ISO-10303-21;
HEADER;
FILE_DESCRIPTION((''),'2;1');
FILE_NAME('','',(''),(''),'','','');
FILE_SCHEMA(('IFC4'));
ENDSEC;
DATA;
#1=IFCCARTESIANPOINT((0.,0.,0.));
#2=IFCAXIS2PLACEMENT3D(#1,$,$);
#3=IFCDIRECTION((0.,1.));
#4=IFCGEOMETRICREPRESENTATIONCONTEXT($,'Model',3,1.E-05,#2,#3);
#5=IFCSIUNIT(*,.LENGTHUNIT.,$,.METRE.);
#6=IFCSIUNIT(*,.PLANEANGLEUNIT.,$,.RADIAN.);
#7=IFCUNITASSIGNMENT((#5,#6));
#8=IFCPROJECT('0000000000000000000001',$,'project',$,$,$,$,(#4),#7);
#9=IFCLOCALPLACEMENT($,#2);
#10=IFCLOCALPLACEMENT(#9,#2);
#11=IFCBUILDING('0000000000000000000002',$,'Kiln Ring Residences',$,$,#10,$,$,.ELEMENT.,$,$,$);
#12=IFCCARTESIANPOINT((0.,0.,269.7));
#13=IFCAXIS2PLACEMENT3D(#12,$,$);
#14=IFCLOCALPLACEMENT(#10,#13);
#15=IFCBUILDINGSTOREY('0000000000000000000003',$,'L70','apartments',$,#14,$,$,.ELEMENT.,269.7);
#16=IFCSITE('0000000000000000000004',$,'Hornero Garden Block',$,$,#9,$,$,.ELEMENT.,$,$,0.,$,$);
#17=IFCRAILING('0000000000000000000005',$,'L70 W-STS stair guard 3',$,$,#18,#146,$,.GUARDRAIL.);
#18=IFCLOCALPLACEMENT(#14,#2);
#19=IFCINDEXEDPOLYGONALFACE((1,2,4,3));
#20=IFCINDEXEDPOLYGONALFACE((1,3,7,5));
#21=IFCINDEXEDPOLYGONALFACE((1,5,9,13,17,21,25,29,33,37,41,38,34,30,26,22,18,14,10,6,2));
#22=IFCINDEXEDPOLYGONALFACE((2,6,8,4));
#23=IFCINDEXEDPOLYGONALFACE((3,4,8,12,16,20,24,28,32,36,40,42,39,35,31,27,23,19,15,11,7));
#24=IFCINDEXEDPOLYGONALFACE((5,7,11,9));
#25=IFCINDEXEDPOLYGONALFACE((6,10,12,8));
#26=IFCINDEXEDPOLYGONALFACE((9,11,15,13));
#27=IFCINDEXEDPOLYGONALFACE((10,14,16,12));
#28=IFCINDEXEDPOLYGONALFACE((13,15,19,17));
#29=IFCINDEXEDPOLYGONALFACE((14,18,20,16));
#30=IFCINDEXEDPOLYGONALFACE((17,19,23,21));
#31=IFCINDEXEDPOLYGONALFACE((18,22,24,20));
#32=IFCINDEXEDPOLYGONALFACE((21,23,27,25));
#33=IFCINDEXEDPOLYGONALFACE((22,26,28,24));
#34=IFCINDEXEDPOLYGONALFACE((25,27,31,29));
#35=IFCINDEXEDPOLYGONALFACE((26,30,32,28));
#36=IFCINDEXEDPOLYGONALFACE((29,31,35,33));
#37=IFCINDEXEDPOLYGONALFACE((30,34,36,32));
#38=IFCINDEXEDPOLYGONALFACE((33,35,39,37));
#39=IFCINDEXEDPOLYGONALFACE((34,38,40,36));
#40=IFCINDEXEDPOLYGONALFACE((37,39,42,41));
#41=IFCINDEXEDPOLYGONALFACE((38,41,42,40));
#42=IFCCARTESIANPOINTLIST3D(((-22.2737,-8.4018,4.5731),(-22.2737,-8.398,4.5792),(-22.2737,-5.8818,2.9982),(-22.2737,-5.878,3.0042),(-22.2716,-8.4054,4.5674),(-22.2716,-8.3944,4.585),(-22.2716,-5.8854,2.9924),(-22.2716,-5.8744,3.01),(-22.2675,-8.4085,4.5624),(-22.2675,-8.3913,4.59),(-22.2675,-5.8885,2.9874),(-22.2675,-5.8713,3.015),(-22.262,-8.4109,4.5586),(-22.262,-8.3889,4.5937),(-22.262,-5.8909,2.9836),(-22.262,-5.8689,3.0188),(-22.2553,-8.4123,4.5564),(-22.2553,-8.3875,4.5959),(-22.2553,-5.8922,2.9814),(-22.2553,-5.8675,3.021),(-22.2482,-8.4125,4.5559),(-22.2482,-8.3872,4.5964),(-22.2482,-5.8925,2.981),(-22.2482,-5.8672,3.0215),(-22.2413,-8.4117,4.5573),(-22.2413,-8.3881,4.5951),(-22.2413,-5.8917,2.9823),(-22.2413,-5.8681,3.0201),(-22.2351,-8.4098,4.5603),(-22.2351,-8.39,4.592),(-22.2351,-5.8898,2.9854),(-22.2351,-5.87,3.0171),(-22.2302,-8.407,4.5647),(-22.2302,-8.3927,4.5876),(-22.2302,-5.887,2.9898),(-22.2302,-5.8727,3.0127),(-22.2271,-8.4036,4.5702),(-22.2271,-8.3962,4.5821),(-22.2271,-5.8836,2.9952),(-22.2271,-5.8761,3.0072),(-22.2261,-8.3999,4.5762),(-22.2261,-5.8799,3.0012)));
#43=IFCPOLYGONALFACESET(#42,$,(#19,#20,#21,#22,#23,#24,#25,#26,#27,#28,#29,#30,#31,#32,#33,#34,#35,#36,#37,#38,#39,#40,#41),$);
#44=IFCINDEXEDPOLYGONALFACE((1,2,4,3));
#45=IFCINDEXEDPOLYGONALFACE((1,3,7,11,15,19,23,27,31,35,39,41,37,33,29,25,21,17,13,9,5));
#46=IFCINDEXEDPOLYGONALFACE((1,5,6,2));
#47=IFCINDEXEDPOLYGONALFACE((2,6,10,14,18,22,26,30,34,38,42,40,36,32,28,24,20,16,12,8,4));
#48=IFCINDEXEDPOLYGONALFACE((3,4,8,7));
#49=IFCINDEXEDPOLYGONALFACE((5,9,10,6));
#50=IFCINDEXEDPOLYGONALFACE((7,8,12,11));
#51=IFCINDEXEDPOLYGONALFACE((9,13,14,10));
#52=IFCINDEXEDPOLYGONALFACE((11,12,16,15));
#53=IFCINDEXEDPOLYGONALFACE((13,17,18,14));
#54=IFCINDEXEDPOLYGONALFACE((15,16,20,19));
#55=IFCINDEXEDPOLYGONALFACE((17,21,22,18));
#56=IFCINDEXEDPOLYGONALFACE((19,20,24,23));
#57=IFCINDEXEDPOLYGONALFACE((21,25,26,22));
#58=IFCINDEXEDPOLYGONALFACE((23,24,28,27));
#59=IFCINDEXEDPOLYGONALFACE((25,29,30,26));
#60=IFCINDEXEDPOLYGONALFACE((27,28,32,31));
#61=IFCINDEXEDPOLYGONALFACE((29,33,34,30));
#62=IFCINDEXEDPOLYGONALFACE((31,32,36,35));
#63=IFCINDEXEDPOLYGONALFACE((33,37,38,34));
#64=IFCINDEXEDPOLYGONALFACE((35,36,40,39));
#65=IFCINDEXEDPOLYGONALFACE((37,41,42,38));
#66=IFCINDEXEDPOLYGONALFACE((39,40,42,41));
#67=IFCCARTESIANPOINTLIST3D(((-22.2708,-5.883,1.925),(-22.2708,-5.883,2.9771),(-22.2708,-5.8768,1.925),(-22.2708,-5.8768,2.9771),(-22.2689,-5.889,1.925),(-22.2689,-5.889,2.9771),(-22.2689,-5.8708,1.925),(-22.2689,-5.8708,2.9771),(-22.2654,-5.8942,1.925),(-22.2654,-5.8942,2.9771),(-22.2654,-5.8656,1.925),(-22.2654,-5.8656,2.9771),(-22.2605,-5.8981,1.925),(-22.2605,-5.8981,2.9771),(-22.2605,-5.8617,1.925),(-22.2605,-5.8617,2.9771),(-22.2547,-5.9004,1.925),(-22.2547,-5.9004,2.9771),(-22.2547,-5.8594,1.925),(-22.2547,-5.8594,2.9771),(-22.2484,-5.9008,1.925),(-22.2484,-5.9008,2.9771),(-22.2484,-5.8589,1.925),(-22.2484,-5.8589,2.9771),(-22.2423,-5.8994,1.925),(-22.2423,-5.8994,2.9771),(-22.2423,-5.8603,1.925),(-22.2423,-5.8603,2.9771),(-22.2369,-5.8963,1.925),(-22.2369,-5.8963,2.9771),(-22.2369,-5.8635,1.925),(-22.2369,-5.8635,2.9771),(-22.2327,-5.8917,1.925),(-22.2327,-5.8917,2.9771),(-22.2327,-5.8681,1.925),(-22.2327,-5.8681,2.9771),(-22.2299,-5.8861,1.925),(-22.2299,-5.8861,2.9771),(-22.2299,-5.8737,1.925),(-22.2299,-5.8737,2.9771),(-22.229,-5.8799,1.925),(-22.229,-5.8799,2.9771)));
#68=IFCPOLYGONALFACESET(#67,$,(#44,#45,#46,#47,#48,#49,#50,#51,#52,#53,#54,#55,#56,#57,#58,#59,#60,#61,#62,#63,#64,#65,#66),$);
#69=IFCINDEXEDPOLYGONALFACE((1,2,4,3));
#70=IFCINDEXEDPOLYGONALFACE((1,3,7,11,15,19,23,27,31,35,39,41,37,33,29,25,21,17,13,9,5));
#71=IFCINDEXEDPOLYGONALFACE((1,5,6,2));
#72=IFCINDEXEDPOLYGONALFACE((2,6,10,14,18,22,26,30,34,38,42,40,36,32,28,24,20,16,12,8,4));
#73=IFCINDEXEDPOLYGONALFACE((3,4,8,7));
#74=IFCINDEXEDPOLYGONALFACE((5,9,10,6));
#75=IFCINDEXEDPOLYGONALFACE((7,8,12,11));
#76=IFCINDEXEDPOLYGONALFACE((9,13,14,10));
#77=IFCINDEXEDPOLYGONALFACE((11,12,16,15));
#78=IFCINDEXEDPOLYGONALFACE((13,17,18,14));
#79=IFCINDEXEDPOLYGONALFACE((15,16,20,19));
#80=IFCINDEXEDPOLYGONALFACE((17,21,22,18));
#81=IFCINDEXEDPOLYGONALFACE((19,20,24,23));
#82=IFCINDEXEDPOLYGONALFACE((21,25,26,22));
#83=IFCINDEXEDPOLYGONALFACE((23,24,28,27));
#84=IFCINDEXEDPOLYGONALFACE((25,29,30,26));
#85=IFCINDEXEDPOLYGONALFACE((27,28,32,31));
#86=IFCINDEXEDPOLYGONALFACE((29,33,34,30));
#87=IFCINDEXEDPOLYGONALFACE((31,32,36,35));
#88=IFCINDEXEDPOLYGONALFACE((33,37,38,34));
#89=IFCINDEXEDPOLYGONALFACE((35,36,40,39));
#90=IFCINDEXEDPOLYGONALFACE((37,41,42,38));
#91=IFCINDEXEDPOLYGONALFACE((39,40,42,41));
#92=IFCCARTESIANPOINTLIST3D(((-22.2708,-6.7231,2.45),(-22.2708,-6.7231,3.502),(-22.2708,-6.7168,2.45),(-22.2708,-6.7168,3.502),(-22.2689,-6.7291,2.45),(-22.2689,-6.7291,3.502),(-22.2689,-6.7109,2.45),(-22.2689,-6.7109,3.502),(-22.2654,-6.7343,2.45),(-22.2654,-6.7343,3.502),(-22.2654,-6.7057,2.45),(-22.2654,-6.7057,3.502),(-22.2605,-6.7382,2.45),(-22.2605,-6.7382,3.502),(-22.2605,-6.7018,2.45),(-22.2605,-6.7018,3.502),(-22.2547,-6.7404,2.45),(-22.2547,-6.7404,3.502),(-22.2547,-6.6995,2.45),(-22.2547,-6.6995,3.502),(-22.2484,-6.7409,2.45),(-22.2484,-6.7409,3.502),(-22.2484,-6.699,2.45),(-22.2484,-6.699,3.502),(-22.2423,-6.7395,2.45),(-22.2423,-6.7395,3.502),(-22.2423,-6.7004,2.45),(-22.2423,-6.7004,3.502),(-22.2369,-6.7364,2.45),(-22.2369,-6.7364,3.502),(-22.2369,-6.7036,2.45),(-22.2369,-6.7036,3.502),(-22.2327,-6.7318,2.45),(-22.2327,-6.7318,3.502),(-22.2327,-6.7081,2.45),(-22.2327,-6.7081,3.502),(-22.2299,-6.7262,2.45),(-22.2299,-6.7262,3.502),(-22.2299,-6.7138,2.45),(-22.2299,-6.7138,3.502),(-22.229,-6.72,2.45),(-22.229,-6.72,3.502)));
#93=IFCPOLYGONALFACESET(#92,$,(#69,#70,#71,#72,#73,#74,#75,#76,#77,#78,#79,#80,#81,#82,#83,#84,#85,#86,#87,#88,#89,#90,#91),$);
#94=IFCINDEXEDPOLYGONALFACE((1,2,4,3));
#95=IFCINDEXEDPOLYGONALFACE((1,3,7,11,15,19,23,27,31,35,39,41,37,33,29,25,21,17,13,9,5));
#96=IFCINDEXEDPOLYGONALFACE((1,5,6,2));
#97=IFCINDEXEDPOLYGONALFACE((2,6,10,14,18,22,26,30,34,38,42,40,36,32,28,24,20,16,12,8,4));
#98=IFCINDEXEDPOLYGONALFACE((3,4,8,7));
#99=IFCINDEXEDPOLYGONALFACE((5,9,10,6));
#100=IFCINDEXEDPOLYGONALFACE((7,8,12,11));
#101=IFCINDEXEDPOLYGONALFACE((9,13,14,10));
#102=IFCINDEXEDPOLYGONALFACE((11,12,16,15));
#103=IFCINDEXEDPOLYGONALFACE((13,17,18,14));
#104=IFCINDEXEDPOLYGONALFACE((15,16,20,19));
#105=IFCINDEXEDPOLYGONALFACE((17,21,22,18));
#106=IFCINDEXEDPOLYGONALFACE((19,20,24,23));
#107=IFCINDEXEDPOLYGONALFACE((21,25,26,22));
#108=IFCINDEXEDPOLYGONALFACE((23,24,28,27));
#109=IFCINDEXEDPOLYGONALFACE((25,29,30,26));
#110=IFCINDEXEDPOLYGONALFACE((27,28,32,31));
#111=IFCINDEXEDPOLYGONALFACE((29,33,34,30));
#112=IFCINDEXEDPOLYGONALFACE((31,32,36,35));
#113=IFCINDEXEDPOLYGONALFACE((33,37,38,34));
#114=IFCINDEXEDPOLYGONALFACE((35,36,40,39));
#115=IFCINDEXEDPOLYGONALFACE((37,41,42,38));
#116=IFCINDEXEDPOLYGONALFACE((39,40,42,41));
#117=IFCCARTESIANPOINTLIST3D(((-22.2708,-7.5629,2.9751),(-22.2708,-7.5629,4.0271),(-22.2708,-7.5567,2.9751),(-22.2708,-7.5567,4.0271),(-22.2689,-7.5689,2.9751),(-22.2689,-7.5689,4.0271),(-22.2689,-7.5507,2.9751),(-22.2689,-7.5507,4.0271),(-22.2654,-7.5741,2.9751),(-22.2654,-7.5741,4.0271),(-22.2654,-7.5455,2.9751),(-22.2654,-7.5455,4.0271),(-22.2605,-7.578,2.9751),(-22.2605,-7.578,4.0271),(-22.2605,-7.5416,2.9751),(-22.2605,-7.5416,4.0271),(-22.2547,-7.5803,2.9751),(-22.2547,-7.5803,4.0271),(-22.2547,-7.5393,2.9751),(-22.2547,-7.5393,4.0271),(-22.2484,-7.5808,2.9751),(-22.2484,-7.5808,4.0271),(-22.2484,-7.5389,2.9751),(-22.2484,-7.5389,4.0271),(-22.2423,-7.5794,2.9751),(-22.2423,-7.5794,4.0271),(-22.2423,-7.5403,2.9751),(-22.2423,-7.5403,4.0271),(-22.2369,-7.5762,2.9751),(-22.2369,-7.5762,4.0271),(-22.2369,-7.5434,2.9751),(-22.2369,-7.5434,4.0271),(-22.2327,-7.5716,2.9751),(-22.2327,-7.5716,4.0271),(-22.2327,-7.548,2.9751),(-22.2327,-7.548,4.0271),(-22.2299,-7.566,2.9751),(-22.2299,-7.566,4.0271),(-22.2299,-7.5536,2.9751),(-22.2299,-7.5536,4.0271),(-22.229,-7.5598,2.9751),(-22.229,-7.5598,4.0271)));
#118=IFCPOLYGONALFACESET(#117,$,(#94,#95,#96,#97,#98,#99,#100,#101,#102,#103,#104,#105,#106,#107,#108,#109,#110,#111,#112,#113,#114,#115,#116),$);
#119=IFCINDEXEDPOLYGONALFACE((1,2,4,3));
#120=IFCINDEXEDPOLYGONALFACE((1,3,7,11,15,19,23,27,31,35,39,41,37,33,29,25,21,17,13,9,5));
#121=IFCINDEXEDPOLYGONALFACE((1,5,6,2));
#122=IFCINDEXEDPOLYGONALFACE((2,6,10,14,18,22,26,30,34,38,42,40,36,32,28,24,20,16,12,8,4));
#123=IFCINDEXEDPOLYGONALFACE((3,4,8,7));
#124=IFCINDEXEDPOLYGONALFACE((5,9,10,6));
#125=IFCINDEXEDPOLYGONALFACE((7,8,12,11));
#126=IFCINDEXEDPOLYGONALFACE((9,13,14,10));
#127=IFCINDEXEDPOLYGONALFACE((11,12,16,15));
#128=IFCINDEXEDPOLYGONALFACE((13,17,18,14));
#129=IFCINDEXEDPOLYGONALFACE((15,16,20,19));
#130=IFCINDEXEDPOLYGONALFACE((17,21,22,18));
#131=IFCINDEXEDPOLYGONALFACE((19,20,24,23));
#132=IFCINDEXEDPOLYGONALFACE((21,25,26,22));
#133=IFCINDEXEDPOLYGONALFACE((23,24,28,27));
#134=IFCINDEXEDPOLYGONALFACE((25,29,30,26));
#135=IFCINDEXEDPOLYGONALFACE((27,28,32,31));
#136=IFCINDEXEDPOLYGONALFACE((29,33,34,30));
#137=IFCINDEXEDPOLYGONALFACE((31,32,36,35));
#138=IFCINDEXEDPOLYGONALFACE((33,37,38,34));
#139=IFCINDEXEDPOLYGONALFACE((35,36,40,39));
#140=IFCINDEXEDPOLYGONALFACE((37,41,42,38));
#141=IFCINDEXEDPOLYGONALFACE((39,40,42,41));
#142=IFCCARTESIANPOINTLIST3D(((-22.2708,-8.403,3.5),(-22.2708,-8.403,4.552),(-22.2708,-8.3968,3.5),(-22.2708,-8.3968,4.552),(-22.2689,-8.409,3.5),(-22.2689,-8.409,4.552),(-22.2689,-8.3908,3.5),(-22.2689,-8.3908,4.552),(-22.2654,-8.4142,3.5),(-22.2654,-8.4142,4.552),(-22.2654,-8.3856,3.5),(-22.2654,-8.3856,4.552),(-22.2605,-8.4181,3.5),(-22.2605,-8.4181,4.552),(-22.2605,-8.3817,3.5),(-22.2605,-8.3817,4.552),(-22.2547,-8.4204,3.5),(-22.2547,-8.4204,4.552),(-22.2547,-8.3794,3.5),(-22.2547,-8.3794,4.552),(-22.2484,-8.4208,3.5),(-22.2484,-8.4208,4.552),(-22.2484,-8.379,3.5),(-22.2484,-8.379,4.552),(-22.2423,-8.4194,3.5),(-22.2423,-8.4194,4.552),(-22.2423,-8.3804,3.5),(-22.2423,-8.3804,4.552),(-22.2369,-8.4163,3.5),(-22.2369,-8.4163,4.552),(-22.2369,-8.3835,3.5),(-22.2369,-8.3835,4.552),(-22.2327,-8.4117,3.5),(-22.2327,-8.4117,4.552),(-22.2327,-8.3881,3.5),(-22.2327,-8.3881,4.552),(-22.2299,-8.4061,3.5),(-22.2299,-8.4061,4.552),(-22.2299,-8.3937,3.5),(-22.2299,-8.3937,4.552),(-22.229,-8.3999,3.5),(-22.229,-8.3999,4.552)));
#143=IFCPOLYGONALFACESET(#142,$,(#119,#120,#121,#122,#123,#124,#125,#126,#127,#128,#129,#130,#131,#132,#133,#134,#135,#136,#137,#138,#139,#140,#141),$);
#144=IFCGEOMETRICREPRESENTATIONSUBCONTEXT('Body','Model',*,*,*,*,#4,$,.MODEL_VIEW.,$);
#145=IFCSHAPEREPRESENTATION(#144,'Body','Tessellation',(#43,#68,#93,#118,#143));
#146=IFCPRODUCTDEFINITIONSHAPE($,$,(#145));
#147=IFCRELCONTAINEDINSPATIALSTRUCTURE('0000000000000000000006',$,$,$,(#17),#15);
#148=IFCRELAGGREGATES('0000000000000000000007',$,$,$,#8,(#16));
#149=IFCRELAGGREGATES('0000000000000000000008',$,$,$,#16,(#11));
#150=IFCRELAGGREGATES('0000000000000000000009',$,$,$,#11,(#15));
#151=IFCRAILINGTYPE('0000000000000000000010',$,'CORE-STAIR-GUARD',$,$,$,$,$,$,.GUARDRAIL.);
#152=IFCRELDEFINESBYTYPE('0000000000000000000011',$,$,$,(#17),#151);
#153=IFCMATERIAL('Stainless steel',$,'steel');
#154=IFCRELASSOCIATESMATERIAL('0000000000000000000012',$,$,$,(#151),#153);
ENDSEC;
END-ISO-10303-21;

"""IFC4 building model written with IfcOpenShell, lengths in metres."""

from ifc_helpers import new_model, si_unit, direction, frame, origin, origin_2d, place, context, subcontext, project, spatial, circle, extrude, material, type_object, element, save


model = new_model("IFC4")

# Units and contexts
model_context = context("Model", 3, precision=1e-05, world=origin(), true_north=direction((0.0, 1.0)))
body_context = subcontext(model_context, "Body", "Model", "MODEL_VIEW")
ifc_project = project(units=[si_unit("LENGTHUNIT", "METRE"), si_unit("PLANEANGLEUNIT", "RADIAN")], contexts=[model_context])

# Site, building, storey
site_placement = place(None, origin())
site = spatial("IfcSite", under=ifc_project, at=site_placement, Name="Hornero Garden Block", CompositionType="ELEMENT", RefElevation=0.0)
building_placement = place(site_placement, origin())
building = spatial("IfcBuilding", under=site, at=building_placement, Name="Kiln Ring Residences", CompositionType="ELEMENT")
storey_placement = place(building_placement, frame((0.0, 0.0, 269.7)))
storey = spatial("IfcBuildingStorey", under=building, at=storey_placement, Name="L70", Description="apartments", CompositionType="ELEMENT", Elevation=269.7)

# Railing
ifc_material_1 = material(Name="Stainless steel", Category="steel")
railing_type_1 = type_object("IfcRailingType", Name="CORE-STAIR-GUARD", PredefinedType="GUARDRAIL", material=ifc_material_1)
railing_1_placement = place(storey_placement, frame((-22.25, -5.8799, 1.925)))
element("IfcRailing", 1, at=railing_1_placement, inside=storey, type_object=railing_type_1, Name="L70 W-STS stair guard 3", PredefinedType="GUARDRAIL", context=body_context, shape_type="SweptSolid", body=[
    extrude(circle(Radius=0.0239, at=origin_2d()), frame((0.0, 0.0, 1.0762), z_axis=(0.0, -0.848008, 0.529984), x_axis=(1.0, 0.0, 0.0)), (0.0, 0.0, 1.0), 2.9717),
    extrude(circle(Radius=0.021, at=origin_2d()), origin(), (0.0, 0.0, 1.0), 1.052),
    extrude(circle(Radius=0.021, at=origin_2d()), frame((0.0, -0.8401, 0.5249)), (0.0, 0.0, 1.0), 1.052),
    extrude(circle(Radius=0.021, at=origin_2d()), frame((0.0, -1.6799, 1.05)), (0.0, 0.0, 1.0), 1.052),
    extrude(circle(Radius=0.021, at=origin_2d()), frame((0.0, -2.52, 1.575)), (0.0, 0.0, 1.0), 1.052),
])

save(model, "model.ifc")
